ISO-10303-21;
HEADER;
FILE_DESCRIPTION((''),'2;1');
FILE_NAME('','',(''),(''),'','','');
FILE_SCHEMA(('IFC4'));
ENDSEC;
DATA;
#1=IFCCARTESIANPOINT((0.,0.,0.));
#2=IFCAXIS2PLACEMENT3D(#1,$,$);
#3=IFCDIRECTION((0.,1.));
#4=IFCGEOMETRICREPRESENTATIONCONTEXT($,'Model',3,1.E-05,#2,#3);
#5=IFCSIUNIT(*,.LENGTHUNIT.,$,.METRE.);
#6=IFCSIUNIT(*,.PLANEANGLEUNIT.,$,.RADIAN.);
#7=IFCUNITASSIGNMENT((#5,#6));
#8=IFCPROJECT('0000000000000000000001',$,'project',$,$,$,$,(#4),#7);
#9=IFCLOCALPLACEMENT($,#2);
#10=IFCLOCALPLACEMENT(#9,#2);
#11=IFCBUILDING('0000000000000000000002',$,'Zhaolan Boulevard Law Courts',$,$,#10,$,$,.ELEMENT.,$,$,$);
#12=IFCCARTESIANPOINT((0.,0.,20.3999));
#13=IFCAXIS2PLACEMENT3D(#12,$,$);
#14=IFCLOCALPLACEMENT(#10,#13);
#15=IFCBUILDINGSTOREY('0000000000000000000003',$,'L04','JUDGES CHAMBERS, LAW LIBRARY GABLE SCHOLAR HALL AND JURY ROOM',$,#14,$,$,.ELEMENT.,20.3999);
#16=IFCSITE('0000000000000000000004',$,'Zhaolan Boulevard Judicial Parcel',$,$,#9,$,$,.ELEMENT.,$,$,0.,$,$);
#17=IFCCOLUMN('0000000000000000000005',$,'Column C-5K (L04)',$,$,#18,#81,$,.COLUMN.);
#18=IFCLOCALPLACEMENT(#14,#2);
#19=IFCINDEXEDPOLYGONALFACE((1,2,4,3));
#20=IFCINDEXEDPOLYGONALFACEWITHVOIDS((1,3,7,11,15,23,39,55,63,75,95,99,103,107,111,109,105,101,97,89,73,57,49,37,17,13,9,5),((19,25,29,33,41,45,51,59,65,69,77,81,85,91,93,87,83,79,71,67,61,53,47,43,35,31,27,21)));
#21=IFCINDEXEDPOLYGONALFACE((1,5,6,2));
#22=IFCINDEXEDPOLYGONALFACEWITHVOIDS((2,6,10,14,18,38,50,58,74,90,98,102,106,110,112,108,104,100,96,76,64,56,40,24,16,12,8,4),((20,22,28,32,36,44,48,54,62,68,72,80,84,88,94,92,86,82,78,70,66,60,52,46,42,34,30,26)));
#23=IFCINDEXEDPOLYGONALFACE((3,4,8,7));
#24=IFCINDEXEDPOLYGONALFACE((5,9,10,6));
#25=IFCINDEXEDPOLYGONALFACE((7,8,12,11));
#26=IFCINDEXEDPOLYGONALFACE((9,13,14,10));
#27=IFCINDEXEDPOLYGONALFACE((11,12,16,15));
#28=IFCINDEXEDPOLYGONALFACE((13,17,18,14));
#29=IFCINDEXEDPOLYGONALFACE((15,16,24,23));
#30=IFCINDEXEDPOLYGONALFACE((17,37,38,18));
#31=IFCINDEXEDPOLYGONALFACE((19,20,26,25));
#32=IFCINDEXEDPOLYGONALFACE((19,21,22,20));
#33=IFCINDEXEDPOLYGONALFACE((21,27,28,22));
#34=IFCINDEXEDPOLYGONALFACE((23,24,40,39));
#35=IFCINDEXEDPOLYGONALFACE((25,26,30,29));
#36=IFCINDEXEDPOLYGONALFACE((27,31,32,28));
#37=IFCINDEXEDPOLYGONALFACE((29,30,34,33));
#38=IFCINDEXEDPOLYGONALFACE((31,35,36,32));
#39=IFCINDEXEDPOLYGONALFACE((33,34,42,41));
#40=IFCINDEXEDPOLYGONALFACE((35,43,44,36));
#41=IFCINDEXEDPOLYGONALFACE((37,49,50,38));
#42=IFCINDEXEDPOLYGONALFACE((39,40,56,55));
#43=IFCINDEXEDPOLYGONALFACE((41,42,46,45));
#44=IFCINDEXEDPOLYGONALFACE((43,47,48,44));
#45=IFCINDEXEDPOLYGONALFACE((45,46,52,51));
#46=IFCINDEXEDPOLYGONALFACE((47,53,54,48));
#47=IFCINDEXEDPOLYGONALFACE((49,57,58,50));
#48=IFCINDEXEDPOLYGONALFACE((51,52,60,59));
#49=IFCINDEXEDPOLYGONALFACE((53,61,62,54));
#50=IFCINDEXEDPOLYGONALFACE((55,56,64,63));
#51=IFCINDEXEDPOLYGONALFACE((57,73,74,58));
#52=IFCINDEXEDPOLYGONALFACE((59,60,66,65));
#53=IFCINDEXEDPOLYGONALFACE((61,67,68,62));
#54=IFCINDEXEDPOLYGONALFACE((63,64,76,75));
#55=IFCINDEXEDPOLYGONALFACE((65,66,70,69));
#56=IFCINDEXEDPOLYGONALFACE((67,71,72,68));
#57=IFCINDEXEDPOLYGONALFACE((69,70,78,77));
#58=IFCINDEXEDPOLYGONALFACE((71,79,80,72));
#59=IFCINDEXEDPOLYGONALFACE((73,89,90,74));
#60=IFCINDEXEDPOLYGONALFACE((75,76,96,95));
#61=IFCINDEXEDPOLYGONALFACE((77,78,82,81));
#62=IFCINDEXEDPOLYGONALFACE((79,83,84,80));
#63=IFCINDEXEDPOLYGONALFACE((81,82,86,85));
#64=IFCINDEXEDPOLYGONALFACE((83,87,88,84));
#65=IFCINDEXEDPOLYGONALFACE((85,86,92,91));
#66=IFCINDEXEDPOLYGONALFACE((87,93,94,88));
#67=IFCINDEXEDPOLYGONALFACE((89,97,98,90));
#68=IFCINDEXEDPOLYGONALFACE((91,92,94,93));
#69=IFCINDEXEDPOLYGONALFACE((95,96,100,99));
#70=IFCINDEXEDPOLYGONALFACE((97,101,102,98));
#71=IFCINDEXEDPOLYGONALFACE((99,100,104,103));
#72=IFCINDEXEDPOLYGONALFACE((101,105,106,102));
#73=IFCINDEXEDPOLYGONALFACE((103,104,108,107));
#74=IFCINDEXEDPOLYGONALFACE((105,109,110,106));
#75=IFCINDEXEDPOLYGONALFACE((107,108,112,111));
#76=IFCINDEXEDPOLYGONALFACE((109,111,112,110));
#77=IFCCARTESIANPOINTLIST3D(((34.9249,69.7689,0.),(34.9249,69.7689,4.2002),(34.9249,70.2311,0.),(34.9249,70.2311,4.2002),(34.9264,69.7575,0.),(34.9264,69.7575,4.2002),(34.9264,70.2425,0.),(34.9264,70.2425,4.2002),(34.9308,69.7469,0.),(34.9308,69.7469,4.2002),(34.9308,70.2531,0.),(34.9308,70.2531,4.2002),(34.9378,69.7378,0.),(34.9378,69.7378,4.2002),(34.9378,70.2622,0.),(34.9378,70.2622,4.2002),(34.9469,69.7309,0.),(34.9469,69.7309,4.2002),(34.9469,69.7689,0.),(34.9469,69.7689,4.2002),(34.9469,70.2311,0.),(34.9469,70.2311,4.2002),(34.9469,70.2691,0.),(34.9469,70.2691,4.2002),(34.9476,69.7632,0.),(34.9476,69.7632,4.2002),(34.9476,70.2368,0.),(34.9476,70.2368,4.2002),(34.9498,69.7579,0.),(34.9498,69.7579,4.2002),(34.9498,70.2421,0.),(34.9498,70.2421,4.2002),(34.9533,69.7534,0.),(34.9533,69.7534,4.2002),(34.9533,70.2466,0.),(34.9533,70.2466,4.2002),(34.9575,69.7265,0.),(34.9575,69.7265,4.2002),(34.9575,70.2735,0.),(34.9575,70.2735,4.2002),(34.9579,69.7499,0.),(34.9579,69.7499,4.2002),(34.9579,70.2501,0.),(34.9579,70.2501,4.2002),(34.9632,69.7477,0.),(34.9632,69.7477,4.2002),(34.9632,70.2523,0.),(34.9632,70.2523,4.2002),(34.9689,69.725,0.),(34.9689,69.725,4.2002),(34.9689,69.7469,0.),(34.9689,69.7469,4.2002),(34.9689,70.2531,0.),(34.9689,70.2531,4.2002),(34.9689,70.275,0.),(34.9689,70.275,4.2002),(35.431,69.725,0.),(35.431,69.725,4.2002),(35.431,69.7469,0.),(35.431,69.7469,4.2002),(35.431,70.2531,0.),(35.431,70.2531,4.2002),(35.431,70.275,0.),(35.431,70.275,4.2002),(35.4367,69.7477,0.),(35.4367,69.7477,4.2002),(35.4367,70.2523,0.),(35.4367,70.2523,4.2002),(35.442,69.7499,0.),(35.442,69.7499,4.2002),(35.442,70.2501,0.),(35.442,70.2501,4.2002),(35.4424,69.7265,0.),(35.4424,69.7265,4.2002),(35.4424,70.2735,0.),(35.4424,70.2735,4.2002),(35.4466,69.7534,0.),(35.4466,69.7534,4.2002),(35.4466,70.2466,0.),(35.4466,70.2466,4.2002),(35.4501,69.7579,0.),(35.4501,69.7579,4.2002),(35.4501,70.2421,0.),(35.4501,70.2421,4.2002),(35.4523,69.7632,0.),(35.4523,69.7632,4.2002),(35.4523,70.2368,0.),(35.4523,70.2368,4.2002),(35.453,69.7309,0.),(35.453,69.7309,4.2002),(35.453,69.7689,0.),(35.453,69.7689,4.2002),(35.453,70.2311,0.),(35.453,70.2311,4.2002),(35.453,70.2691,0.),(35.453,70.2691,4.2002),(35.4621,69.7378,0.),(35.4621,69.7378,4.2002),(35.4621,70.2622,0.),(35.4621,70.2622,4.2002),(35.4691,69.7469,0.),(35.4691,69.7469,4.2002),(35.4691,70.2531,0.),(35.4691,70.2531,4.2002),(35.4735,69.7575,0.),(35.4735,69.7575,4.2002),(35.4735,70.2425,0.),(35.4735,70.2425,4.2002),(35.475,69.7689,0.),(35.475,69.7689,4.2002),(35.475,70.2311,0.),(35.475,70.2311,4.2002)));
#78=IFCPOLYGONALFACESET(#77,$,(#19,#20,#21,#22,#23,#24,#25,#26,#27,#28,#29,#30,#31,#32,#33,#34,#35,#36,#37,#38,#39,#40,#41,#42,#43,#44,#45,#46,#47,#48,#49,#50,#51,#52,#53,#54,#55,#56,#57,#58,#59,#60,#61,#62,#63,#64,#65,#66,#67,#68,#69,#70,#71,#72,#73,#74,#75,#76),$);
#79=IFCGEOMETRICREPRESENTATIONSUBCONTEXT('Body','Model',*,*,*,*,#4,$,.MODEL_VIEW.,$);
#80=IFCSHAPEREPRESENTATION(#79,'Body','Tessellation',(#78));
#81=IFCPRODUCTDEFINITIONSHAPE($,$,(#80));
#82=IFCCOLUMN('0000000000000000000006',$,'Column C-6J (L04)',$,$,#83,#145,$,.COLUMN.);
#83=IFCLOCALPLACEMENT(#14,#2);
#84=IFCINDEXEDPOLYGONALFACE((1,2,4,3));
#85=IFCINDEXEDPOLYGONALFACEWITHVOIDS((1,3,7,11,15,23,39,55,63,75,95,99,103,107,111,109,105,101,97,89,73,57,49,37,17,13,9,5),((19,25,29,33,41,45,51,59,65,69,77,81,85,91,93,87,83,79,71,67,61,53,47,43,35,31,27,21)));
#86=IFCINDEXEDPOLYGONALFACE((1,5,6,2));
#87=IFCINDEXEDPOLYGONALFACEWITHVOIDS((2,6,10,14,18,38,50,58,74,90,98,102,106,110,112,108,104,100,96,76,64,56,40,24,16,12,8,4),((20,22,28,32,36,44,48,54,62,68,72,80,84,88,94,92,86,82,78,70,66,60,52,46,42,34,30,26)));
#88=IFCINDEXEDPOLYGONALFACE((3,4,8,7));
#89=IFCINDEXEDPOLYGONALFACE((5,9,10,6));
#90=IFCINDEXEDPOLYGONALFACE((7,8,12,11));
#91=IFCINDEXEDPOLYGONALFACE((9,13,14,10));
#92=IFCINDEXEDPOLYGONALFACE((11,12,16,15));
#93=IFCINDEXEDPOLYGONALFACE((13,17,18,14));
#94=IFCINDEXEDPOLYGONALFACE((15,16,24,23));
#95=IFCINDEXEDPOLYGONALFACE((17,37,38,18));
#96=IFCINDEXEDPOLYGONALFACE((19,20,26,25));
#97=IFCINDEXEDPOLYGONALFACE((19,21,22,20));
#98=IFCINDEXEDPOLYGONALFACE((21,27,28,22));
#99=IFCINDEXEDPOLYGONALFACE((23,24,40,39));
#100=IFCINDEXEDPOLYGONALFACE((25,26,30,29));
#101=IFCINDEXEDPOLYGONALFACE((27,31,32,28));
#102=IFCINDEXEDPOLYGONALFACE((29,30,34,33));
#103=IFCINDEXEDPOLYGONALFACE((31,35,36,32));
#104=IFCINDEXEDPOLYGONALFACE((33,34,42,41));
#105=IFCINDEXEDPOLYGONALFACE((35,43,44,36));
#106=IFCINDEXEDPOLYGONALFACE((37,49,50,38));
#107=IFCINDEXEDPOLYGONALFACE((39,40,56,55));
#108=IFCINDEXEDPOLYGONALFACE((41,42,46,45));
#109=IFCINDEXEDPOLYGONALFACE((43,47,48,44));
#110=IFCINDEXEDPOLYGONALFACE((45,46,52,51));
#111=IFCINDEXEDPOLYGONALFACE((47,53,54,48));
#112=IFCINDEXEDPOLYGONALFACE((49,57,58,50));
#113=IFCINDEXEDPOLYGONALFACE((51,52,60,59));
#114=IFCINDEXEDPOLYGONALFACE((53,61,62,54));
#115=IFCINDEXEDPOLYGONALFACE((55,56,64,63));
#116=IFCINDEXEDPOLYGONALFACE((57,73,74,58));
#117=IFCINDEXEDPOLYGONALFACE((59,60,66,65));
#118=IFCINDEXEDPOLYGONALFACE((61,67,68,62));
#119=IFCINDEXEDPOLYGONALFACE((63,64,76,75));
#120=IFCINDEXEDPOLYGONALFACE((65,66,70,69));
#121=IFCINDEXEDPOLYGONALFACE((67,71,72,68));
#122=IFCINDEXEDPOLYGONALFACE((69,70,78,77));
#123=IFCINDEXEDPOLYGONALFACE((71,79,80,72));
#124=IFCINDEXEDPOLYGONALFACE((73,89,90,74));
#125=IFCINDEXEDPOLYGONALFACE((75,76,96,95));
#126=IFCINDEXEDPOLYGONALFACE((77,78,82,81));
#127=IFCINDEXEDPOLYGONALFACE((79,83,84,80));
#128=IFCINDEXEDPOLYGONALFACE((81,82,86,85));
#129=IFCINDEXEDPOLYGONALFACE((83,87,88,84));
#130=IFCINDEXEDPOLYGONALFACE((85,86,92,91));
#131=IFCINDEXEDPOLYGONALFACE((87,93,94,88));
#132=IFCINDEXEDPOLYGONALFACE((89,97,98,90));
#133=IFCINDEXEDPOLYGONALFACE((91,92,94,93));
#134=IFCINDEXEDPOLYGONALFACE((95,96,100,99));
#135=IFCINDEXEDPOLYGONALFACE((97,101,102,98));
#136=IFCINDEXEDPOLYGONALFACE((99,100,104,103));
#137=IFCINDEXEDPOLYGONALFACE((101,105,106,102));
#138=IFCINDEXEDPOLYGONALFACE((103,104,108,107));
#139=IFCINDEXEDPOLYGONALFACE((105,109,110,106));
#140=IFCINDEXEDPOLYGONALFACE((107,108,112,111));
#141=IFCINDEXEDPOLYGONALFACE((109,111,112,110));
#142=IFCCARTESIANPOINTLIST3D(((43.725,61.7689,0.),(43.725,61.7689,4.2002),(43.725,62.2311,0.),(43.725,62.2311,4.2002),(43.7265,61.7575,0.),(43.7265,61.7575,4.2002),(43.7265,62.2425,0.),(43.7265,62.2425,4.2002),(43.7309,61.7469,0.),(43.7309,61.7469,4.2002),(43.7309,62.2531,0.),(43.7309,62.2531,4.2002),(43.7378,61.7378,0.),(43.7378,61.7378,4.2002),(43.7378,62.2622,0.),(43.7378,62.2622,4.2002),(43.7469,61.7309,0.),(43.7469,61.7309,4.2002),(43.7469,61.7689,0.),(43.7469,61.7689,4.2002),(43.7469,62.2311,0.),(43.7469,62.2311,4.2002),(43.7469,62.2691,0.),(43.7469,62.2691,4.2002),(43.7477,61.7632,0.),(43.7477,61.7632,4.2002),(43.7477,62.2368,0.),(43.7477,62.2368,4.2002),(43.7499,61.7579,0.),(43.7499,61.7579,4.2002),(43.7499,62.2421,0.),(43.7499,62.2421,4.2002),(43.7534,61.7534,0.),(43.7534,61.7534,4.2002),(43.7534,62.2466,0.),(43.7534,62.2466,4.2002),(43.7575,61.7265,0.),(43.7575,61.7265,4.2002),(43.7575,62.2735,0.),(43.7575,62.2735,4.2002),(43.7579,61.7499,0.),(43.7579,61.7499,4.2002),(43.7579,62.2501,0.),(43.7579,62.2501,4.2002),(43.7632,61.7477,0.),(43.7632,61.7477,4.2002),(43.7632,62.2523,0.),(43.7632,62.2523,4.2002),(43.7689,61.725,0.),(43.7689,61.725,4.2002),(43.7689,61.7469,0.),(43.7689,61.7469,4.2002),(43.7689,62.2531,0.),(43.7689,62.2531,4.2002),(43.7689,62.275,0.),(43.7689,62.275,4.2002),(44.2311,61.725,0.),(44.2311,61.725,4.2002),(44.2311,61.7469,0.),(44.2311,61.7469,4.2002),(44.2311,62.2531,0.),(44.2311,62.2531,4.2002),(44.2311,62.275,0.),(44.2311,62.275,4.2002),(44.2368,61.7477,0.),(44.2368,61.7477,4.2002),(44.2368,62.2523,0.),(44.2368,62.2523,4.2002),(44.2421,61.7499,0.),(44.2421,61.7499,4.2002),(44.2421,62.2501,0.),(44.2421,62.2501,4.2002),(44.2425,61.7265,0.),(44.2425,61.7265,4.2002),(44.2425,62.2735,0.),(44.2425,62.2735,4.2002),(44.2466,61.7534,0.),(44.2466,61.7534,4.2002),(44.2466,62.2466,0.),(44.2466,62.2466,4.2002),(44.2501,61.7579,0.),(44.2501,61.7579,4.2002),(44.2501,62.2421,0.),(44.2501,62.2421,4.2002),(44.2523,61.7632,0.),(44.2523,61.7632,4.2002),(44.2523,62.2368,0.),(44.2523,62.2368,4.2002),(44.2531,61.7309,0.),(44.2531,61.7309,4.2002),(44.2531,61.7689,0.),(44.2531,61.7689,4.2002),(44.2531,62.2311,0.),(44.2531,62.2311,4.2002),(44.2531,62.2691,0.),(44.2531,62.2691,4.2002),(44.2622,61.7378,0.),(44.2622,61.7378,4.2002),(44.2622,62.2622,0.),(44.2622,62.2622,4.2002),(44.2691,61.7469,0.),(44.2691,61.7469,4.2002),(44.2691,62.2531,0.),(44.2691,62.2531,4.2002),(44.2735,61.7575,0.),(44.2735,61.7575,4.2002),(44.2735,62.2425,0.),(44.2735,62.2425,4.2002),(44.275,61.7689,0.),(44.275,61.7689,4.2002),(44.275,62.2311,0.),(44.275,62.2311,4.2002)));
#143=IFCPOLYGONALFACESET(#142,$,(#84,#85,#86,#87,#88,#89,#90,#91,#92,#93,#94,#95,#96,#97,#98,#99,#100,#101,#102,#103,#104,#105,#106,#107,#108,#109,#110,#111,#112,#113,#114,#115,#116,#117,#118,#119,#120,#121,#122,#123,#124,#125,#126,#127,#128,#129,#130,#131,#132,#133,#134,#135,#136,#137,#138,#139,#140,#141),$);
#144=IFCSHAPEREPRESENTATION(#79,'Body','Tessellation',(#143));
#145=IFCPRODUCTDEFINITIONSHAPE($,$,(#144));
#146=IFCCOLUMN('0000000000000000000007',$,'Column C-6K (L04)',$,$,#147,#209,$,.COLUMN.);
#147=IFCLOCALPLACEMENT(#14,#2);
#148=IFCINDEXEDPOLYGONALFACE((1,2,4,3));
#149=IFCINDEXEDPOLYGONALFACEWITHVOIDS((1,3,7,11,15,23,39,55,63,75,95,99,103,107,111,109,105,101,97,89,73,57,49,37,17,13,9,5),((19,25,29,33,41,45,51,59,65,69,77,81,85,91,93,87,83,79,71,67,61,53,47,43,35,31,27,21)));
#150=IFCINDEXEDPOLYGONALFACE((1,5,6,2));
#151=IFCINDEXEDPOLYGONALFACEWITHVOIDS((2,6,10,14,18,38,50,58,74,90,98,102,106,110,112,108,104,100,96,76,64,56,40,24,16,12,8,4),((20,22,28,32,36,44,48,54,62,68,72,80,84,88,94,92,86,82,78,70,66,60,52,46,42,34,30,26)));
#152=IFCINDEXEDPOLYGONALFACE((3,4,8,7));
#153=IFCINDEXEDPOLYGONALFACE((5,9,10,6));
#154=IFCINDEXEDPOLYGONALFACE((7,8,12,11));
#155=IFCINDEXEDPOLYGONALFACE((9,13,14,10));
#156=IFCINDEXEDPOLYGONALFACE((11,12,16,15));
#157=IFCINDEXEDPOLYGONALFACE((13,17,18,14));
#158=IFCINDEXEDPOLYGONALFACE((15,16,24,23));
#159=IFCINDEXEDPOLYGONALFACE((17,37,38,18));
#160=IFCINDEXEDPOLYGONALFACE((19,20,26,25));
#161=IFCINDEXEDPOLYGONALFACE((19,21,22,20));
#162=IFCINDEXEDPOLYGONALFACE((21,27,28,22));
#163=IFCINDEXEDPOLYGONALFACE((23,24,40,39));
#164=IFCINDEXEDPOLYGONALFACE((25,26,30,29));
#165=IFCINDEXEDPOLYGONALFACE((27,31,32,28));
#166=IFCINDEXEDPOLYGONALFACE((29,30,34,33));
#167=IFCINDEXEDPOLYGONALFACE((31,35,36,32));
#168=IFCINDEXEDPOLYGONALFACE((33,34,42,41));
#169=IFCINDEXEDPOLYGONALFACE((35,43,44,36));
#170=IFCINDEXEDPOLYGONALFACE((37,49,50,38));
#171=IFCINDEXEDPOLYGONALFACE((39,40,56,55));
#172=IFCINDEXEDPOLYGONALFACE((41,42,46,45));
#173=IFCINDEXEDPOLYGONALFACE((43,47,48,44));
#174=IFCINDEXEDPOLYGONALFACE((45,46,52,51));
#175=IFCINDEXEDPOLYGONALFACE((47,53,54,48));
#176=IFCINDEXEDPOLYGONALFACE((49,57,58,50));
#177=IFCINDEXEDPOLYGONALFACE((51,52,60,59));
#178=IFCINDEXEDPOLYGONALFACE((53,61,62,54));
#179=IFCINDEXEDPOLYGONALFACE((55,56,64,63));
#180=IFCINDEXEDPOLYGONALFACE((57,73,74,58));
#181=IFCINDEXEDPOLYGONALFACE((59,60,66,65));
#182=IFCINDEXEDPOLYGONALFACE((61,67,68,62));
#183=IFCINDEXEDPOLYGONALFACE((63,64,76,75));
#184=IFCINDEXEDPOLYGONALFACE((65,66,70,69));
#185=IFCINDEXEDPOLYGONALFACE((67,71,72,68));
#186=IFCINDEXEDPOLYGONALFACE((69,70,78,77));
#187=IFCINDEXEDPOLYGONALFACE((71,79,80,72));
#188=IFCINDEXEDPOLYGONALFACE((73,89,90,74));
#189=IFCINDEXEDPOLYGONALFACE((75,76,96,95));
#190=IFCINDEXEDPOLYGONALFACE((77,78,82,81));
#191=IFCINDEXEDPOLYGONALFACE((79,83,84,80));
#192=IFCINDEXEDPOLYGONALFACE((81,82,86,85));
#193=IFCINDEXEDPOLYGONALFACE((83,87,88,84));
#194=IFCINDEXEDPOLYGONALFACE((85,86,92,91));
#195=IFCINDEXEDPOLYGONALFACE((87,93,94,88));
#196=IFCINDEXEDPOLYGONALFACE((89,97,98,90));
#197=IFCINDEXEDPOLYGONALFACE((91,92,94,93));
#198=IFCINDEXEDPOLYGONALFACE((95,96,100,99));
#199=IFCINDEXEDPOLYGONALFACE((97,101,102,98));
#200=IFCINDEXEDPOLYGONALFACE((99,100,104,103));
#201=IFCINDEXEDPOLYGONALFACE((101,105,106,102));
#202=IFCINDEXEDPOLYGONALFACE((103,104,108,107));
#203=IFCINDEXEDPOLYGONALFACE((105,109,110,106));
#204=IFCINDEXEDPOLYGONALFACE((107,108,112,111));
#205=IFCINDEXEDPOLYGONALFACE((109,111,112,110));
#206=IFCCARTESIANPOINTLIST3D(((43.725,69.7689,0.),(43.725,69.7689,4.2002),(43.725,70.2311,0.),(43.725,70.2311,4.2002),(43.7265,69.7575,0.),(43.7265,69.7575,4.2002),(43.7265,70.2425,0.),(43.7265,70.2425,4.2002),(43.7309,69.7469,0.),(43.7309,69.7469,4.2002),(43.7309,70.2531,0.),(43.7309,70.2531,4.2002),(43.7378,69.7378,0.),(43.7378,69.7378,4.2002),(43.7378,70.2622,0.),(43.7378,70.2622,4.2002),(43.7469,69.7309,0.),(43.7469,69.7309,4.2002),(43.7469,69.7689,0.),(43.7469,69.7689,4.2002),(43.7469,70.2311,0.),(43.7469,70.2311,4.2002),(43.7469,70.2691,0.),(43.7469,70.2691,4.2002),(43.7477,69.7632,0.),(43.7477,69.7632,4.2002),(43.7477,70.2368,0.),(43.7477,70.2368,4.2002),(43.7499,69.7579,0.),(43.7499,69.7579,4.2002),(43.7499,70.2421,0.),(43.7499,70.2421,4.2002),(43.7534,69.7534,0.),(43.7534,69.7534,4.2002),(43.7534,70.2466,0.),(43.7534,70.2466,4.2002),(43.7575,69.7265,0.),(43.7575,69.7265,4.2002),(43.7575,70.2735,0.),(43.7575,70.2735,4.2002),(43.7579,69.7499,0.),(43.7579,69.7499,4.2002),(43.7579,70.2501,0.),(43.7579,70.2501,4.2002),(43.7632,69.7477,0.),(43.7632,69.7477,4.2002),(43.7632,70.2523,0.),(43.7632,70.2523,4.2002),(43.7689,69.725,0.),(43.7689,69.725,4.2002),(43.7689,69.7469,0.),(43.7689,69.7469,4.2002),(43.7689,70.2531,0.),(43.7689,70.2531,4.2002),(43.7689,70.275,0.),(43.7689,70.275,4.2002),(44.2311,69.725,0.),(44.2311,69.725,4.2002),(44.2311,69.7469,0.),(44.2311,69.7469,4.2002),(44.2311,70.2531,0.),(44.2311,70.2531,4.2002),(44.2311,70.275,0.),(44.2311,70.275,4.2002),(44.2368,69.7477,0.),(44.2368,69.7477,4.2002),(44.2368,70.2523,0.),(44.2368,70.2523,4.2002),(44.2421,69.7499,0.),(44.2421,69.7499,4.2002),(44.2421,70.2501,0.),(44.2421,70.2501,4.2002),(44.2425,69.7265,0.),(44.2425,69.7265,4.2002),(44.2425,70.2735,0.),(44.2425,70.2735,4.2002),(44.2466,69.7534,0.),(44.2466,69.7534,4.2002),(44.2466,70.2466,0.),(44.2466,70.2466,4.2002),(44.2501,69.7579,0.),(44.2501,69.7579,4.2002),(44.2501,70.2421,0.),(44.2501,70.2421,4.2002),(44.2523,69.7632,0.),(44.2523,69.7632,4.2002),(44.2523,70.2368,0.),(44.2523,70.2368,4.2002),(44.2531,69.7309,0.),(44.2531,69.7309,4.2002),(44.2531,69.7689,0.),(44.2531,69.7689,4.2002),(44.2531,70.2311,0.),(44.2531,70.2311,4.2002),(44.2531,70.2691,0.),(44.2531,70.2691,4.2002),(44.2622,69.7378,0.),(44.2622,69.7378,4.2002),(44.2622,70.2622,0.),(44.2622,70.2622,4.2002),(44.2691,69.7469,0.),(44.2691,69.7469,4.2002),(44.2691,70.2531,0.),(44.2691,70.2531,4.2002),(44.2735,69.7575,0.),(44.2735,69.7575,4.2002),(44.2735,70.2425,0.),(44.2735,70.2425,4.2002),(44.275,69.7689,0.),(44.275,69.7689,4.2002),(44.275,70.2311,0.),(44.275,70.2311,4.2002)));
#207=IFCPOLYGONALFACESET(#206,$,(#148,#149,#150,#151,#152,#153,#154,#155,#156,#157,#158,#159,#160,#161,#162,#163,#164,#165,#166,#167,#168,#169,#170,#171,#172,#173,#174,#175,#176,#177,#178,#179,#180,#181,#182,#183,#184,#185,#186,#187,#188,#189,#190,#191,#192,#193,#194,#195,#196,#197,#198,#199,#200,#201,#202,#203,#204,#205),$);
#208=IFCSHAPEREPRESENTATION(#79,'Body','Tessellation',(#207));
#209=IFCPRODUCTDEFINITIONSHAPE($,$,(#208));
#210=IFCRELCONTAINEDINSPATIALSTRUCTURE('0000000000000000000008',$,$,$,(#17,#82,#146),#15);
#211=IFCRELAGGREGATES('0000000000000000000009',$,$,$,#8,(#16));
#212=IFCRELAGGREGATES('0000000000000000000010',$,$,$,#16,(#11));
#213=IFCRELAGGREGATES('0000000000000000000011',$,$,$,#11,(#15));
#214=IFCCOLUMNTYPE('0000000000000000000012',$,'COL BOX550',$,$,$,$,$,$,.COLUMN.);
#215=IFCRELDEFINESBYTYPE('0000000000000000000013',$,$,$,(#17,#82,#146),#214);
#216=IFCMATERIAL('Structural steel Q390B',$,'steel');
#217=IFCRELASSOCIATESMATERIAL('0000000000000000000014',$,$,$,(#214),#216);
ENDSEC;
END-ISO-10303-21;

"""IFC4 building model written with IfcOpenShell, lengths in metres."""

from ifc_helpers import new_model, si_unit, direction, frame, origin, origin_2d, place, context, subcontext, project, spatial, hollow_rectangle, extrude, material, material_profile, profile_set, type_object, element, save


model = new_model("IFC4")

# Units and contexts
model_context = context("Model", 3, precision=1e-05, world=origin(), true_north=direction((0.0, 1.0)))
body_context = subcontext(model_context, "Body", "Model", "MODEL_VIEW")
ifc_project = project(units=[si_unit("LENGTHUNIT", "METRE"), si_unit("PLANEANGLEUNIT", "RADIAN")], contexts=[model_context])

# Site, building, storey
site_placement = place(None, origin())
site = spatial("IfcSite", under=ifc_project, at=site_placement, Name="Zhaolan Boulevard Judicial Parcel", CompositionType="ELEMENT", RefElevation=0.0)
building_placement = place(site_placement, origin())
building = spatial("IfcBuilding", under=site, at=building_placement, Name="Zhaolan Boulevard Law Courts", CompositionType="ELEMENT")
storey_placement = place(building_placement, frame((0.0, 0.0, 20.3999)))
storey = spatial("IfcBuildingStorey", under=building, at=storey_placement, Name="L04", Description="JUDGES CHAMBERS, LAW LIBRARY GABLE SCHOLAR HALL AND JURY ROOM", CompositionType="ELEMENT", Elevation=20.3999)

# Columns
ifc_material_1 = material(Name="Structural steel Q390B", Category="steel")
ifc_material_profile_1 = material_profile(ifc_material_1, hollow_rectangle(XDim=0.55, YDim=0.55, WallThickness=0.022, InnerFilletRadius=0.022, OuterFilletRadius=0.0439, at=origin_2d()), Name="BOX550x550x22")
ifc_profile_set_1 = profile_set([ifc_material_profile_1], Name="Structural steel Q390B")
column_type_1 = type_object("IfcColumnType", Name="COL BOX550", PredefinedType="COLUMN", material=ifc_profile_set_1)
for number, where, z_axis, x_axis, name in (
    (1, (35.2, 70.0, 0.0), (0.0, 0.0, 1.0), (1.0, 0.0, 0.0), "Column C-5K (L04)"),
    (2, (44.0, 62.0, 0.0), (0.0, 0.0, 1.0), (1.0, 0.0, 0.0), "Column C-6J (L04)"),
    (3, (44.0, 70.0, 0.0), (0.0, 0.0, 1.0), (1.0, 0.0, 0.0), "Column C-6K (L04)"),
):
    element("IfcColumn", number, at=place(storey_placement, frame(where, z_axis=z_axis, x_axis=x_axis)), inside=storey, type_object=column_type_1, Name=name, PredefinedType="COLUMN", context=body_context, shape_type="SweptSolid", body=[
        extrude(hollow_rectangle(XDim=0.55, YDim=0.55, WallThickness=0.022, InnerFilletRadius=0.022, OuterFilletRadius=0.0439, at=origin_2d()), origin(), (0.0, 0.0, 1.0), 4.2002),
    ])

save(model, "model.ifc")
